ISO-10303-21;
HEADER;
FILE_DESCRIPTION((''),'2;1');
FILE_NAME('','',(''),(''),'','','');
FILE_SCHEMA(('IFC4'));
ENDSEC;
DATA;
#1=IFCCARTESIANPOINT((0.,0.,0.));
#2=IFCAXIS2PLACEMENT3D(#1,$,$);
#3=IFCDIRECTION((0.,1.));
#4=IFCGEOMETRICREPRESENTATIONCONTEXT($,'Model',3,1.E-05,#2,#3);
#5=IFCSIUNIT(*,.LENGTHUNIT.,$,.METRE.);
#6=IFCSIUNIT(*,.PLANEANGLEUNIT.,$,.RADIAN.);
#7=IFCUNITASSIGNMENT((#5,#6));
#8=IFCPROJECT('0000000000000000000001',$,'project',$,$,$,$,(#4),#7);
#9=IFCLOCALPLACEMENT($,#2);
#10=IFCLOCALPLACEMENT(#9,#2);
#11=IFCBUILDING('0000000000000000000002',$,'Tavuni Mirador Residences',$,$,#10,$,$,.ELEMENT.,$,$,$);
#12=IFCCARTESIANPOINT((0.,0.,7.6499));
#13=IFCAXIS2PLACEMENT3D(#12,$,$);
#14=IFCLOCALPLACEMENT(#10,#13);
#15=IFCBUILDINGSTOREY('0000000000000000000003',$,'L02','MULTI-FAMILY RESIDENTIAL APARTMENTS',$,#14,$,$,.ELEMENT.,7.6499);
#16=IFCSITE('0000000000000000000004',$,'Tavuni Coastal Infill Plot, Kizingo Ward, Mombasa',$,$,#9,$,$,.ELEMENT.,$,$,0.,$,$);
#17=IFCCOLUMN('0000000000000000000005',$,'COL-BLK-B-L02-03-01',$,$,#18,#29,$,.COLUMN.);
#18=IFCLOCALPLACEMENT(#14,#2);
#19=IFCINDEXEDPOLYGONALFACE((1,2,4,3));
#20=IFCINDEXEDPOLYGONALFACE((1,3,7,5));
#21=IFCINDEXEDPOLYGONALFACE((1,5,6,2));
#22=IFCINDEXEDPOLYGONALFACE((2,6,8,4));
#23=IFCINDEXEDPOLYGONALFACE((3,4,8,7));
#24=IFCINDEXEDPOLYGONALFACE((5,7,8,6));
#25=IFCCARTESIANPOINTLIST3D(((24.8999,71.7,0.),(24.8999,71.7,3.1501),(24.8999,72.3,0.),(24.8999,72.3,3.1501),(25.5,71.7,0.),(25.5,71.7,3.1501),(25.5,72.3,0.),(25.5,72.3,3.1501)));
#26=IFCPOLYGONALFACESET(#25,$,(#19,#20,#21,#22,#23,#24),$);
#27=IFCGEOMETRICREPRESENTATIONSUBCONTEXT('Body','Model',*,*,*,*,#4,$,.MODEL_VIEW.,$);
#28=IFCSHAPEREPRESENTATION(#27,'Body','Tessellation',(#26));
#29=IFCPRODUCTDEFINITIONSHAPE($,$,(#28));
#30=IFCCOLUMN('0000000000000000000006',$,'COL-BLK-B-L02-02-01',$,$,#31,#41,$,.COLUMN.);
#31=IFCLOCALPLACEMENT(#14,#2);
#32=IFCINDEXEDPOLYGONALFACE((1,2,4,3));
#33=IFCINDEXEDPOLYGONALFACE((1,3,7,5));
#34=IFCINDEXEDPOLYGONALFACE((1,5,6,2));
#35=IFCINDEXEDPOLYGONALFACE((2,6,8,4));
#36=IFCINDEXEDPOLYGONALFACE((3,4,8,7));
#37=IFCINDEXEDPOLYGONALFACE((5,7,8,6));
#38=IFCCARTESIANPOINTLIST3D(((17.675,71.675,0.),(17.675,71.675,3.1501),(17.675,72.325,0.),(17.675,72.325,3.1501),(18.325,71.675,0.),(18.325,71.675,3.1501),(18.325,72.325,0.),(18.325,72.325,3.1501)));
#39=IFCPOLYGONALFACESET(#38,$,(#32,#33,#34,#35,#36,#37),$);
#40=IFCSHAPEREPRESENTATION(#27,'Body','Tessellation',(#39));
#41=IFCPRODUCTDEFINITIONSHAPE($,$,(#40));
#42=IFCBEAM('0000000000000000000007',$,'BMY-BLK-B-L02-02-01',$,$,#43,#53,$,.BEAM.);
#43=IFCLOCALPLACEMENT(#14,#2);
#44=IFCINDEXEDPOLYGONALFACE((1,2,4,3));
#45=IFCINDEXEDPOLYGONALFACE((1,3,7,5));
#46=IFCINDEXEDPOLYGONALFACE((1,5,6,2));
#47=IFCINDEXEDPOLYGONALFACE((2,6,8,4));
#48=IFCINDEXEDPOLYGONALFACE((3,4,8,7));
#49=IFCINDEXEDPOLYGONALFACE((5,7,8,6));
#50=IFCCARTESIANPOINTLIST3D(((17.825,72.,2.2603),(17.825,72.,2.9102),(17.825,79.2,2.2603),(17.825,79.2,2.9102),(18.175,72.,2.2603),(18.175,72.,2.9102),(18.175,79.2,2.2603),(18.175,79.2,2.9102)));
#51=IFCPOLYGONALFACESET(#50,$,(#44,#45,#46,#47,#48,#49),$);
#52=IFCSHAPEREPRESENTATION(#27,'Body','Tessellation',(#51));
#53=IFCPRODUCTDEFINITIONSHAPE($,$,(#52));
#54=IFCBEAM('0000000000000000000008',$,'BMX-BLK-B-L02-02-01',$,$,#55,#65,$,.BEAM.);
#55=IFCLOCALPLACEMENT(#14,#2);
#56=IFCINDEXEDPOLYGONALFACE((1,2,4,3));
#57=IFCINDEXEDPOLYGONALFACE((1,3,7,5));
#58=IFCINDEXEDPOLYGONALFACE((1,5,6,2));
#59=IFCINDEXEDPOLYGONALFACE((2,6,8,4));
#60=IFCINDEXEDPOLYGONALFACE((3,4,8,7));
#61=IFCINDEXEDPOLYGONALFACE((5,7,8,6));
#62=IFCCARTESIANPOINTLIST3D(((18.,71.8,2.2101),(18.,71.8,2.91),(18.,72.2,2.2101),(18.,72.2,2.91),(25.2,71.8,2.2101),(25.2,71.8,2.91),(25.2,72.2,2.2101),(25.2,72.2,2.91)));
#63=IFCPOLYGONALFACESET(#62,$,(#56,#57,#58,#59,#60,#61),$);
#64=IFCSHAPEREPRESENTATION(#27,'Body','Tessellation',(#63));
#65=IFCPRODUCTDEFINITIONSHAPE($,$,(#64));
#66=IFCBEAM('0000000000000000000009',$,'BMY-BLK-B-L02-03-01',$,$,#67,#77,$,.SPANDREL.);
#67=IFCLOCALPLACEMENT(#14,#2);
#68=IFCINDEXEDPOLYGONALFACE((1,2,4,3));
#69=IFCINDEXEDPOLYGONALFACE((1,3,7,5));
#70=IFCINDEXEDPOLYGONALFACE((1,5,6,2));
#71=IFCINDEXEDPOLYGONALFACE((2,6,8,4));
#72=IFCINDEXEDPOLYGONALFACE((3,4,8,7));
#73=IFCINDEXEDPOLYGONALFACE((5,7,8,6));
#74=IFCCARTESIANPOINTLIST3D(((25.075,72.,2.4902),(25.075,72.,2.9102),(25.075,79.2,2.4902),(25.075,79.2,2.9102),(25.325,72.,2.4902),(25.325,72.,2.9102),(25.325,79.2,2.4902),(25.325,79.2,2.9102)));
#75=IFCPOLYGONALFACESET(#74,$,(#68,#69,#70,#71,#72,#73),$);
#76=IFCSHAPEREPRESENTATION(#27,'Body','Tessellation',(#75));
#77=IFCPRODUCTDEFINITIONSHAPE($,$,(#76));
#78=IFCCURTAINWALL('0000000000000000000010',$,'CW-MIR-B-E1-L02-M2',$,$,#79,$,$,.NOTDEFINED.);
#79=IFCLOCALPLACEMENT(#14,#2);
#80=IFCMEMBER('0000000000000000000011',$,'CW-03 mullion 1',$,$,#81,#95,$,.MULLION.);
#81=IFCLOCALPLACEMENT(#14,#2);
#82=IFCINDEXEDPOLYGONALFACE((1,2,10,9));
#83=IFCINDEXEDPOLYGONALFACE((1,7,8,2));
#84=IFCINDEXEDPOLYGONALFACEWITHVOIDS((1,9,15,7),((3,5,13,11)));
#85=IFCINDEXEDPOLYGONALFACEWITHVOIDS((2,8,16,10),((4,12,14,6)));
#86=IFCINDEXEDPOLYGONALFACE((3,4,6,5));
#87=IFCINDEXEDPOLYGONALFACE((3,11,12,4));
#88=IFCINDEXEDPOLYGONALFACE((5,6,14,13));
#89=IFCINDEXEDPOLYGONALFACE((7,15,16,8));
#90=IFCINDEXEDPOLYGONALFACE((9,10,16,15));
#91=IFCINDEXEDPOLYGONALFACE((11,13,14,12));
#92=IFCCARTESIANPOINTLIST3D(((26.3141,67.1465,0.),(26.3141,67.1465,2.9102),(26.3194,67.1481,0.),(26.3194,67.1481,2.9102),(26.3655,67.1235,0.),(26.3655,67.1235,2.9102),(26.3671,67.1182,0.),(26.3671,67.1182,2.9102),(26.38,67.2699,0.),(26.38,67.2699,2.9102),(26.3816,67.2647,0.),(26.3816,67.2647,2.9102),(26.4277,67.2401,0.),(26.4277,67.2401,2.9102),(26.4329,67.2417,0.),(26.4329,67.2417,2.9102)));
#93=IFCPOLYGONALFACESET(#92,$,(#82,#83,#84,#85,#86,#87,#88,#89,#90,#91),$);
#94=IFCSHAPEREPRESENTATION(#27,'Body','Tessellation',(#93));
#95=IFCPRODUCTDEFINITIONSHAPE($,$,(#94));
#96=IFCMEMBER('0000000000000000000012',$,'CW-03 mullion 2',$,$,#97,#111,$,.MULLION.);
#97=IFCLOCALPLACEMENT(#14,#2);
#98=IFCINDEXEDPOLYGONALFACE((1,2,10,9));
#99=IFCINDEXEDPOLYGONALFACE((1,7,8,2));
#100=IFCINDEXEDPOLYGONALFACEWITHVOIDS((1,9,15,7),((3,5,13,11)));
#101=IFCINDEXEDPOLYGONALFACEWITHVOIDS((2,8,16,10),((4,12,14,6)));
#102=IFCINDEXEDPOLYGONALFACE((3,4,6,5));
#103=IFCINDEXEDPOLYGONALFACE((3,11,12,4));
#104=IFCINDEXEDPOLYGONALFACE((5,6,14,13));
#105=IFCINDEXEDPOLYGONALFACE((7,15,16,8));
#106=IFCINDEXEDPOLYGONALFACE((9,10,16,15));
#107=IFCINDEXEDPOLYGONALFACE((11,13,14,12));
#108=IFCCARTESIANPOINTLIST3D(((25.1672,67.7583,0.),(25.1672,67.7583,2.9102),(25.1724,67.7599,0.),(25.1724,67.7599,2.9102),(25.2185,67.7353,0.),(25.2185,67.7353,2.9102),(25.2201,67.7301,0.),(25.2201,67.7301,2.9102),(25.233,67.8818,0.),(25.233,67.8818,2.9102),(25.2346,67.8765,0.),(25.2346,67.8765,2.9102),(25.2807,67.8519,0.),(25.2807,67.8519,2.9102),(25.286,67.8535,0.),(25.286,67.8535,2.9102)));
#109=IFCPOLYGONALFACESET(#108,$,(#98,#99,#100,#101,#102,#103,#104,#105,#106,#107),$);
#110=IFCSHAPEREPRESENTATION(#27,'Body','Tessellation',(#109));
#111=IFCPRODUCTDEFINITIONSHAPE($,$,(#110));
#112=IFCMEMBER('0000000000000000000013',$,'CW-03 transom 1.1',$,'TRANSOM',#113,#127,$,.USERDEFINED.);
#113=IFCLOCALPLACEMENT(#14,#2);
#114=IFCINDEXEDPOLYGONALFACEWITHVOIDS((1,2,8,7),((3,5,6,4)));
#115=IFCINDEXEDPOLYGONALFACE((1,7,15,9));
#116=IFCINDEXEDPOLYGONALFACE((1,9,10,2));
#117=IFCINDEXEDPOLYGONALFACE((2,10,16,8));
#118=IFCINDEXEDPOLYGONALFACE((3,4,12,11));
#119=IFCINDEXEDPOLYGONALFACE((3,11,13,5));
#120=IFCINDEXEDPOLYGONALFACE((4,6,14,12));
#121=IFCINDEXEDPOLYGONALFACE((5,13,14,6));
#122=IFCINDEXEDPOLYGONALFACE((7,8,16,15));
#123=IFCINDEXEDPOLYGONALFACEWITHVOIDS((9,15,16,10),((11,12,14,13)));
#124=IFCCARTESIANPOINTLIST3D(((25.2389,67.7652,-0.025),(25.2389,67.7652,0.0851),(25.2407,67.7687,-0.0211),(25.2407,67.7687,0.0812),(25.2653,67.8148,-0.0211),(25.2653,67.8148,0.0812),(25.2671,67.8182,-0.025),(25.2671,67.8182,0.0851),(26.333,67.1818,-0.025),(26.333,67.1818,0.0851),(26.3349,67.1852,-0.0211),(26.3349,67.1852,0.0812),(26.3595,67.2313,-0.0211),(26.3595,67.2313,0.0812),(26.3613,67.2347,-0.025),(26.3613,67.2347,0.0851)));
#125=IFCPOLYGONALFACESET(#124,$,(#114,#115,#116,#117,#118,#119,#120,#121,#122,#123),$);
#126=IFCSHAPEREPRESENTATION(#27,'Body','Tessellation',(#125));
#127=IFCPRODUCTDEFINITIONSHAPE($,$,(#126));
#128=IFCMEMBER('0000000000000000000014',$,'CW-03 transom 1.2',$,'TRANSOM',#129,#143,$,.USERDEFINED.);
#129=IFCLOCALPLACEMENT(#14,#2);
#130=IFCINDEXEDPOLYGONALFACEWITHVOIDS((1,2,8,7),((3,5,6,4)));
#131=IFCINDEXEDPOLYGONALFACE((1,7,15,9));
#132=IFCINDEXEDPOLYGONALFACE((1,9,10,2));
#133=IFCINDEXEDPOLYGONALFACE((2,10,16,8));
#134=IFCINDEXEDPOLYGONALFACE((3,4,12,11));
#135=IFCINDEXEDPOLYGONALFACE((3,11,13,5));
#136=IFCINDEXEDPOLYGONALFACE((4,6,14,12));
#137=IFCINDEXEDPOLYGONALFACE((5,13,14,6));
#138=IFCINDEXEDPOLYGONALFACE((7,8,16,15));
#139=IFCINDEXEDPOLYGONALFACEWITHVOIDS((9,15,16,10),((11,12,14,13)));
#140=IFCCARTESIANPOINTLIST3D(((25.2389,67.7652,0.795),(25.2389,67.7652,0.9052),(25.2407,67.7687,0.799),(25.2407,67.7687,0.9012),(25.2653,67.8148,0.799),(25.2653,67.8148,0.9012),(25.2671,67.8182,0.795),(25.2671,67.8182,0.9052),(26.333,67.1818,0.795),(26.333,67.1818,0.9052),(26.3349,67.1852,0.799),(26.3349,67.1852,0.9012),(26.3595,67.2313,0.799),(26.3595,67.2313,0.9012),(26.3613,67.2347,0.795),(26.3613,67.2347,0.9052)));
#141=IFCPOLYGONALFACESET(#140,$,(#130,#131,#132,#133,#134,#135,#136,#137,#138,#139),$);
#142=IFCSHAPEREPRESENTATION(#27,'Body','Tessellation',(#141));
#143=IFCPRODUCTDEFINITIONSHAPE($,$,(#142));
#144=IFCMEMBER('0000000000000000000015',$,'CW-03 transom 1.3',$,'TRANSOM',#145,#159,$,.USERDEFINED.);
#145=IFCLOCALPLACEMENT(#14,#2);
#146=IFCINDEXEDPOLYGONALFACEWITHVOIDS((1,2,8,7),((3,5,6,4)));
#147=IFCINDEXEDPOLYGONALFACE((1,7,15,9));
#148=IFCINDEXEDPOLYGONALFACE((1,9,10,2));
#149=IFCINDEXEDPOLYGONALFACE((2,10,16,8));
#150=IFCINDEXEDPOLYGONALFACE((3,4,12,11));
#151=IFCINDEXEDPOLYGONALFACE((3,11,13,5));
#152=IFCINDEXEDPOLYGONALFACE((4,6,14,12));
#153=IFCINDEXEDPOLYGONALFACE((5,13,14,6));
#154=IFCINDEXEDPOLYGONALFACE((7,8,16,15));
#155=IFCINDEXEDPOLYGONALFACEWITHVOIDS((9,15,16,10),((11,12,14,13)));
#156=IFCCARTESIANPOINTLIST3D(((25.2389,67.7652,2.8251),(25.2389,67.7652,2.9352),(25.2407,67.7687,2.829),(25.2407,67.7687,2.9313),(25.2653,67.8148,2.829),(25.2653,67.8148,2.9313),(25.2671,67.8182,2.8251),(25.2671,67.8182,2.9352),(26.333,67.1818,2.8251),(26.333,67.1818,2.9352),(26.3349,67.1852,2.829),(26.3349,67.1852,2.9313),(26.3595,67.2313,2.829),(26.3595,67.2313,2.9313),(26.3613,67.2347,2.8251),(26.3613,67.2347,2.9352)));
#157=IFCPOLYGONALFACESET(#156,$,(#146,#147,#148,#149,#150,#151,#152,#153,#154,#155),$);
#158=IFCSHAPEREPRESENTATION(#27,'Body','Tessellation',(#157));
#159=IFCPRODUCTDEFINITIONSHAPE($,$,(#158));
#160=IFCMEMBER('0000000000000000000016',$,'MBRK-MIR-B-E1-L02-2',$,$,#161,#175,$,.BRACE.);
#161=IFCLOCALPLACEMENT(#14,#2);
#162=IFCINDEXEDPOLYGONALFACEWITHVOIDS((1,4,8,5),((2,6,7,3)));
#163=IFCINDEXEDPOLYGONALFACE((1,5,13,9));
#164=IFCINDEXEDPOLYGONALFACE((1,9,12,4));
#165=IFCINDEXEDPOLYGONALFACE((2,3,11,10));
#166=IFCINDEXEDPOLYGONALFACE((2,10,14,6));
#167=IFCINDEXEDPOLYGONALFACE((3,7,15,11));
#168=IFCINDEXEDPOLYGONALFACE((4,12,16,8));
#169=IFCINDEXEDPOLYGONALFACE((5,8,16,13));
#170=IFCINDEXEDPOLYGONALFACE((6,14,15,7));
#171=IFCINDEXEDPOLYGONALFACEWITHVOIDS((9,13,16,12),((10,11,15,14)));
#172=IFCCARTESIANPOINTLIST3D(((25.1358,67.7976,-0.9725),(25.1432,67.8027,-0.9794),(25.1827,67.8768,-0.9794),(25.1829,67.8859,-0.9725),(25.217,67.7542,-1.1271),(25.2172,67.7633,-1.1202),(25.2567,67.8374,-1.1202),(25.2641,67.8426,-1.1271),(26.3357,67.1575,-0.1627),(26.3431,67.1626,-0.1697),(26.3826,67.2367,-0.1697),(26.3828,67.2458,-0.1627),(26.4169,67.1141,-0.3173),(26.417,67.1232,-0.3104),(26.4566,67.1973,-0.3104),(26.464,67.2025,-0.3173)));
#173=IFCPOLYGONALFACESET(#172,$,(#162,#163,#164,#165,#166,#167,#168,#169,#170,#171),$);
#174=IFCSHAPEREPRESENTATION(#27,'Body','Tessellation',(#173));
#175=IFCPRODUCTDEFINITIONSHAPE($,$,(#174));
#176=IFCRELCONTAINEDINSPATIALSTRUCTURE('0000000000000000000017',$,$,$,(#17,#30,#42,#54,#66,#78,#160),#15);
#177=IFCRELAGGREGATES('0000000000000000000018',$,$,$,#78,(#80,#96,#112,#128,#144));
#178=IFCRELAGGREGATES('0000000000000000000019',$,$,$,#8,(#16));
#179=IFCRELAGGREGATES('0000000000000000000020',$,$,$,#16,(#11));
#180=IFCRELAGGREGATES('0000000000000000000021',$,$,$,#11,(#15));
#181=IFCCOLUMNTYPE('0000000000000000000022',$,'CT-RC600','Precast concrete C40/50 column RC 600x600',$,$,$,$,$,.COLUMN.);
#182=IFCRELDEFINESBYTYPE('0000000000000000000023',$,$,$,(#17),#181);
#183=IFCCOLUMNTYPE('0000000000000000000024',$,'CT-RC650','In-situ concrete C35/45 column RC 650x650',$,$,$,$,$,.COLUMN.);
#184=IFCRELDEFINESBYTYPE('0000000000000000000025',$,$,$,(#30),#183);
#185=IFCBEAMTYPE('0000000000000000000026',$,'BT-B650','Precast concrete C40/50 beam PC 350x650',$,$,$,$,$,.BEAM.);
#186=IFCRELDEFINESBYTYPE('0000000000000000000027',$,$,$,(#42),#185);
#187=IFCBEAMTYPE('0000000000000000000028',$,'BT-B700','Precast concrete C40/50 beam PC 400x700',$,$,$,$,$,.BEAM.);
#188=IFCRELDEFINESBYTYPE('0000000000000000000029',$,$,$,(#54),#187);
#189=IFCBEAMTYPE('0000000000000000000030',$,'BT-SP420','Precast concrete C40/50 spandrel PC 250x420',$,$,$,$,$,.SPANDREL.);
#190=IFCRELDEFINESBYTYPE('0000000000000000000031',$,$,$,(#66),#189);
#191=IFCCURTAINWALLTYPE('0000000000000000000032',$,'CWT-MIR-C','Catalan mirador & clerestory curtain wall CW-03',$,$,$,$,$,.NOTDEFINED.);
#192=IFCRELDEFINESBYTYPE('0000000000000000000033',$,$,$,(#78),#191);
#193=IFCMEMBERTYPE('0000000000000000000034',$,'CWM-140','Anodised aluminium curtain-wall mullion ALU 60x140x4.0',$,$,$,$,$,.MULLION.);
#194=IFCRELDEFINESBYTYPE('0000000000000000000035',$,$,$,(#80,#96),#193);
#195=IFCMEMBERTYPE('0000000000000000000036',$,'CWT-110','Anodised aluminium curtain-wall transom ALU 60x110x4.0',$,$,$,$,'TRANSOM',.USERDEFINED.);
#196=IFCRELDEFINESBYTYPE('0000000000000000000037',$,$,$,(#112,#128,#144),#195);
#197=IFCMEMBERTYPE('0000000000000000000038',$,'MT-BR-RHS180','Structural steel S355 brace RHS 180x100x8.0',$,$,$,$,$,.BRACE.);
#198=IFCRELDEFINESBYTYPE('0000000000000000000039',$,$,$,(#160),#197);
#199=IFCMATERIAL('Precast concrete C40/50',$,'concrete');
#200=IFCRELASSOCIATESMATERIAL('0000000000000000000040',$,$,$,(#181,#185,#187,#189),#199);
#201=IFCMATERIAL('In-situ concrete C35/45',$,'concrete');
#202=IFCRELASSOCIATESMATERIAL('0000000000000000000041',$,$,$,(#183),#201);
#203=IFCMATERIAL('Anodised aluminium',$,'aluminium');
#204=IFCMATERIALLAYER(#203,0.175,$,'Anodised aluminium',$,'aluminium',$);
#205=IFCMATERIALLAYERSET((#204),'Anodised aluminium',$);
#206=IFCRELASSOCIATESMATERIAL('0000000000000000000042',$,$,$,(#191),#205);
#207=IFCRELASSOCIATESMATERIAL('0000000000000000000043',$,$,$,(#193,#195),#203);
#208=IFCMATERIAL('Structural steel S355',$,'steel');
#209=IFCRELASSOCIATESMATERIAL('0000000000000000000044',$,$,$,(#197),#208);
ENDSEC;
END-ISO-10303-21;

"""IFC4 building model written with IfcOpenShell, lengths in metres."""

from ifc_helpers import new_model, si_unit, direction, frame, origin, origin_2d, place, context, subcontext, project, spatial, rectangle, hollow_rectangle, extrude, material, layer, layer_set, material_profile, profile_set, type_object, element, aggregate, save


model = new_model("IFC4")

# Units and contexts
model_context = context("Model", 3, precision=1e-05, world=origin(), true_north=direction((0.0, 1.0)))
body_context = subcontext(model_context, "Body", "Model", "MODEL_VIEW")
ifc_project = project(units=[si_unit("LENGTHUNIT", "METRE"), si_unit("PLANEANGLEUNIT", "RADIAN")], contexts=[model_context])

# Site, building, storey
site_placement = place(None, origin())
site = spatial("IfcSite", under=ifc_project, at=site_placement, Name="Tavuni Coastal Infill Plot, Kizingo Ward, Mombasa", CompositionType="ELEMENT", RefElevation=0.0)
building_placement = place(site_placement, origin())
building = spatial("IfcBuilding", under=site, at=building_placement, Name="Tavuni Mirador Residences", CompositionType="ELEMENT")
storey_placement = place(building_placement, frame((0.0, 0.0, 7.6499)))
storey = spatial("IfcBuildingStorey", under=building, at=storey_placement, Name="L02", Description="MULTI-FAMILY RESIDENTIAL APARTMENTS", CompositionType="ELEMENT", Elevation=7.6499)

# Columns
ifc_material_1 = material(Name="Precast concrete C40/50", Category="concrete")
ifc_material_profile_1 = material_profile(ifc_material_1, rectangle(XDim=0.6001, YDim=0.6001, at=origin_2d()), Name="RC 600x600", Category="concrete")
ifc_profile_set_1 = profile_set([ifc_material_profile_1], Name="Precast concrete C40/50")
column_type_1 = type_object("IfcColumnType", Name="CT-RC600", Description="Precast concrete C40/50 column RC 600x600", PredefinedType="COLUMN", material=ifc_profile_set_1)
column_1_placement = place(storey_placement, frame((25.2, 72.0, 0.0), z_axis=(0.0, 0.0, 1.0), x_axis=(1.0, 0.0, 0.0)))
element("IfcColumn", 1, at=column_1_placement, inside=storey, type_object=column_type_1, Name="COL-BLK-B-L02-03-01", PredefinedType="COLUMN", context=body_context, shape_type="SweptSolid", body=[
    extrude(rectangle(XDim=0.6001, YDim=0.6001, at=origin_2d()), origin(), (0.0, 0.0, 1.0), 3.1501),
])
ifc_material_2 = material(Name="In-situ concrete C35/45", Category="concrete")
ifc_material_profile_2 = material_profile(ifc_material_2, rectangle(XDim=0.6499, YDim=0.6499, at=origin_2d()), Name="RC 650x650", Category="concrete")
ifc_profile_set_2 = profile_set([ifc_material_profile_2], Name="In-situ concrete C35/45")
column_type_2 = type_object("IfcColumnType", Name="CT-RC650", Description="In-situ concrete C35/45 column RC 650x650", PredefinedType="COLUMN", material=ifc_profile_set_2)
column_2_placement = place(storey_placement, frame((18.0, 72.0, 0.0), z_axis=(0.0, 0.0, 1.0), x_axis=(1.0, 0.0, 0.0)))
element("IfcColumn", 2, at=column_2_placement, inside=storey, type_object=column_type_2, Name="COL-BLK-B-L02-02-01", PredefinedType="COLUMN", context=body_context, shape_type="SweptSolid", body=[
    extrude(rectangle(XDim=0.6499, YDim=0.6499, at=origin_2d()), origin(), (0.0, 0.0, 1.0), 3.1501),
])

# Beams
ifc_material_profile_3 = material_profile(ifc_material_1, rectangle(XDim=0.3501, YDim=0.6499, at=origin_2d()), Name="PC 350x650", Category="concrete")
ifc_profile_set_3 = profile_set([ifc_material_profile_3], Name="Precast concrete C40/50")
beam_type_1 = type_object("IfcBeamType", Name="BT-B650", Description="Precast concrete C40/50 beam PC 350x650", PredefinedType="BEAM", material=ifc_profile_set_3)
beam_1_placement = place(storey_placement, frame((18.0, 72.0, 2.5852), z_axis=(0.0, 1.0, 0.0), x_axis=(-1.0, 0.0, 0.0)))
element("IfcBeam", 3, at=beam_1_placement, inside=storey, type_object=beam_type_1, Name="BMY-BLK-B-L02-02-01", PredefinedType="BEAM", context=body_context, shape_type="SweptSolid", body=[
    extrude(rectangle(XDim=0.3501, YDim=0.6499, at=origin_2d()), origin(), (0.0, 0.0, 1.0), 7.2),
])
ifc_material_profile_4 = material_profile(ifc_material_1, rectangle(XDim=0.3999, YDim=0.7, at=origin_2d()), Name="PC 400x700", Category="concrete")
ifc_profile_set_4 = profile_set([ifc_material_profile_4], Name="Precast concrete C40/50")
beam_type_2 = type_object("IfcBeamType", Name="BT-B700", Description="Precast concrete C40/50 beam PC 400x700", PredefinedType="BEAM", material=ifc_profile_set_4)
beam_2_placement = place(storey_placement, frame((18.0, 72.0, 2.5601), z_axis=(1.0, 0.0, 0.0), x_axis=(0.0, 1.0, 0.0)))
element("IfcBeam", 4, at=beam_2_placement, inside=storey, type_object=beam_type_2, Name="BMX-BLK-B-L02-02-01", PredefinedType="BEAM", context=body_context, shape_type="SweptSolid", body=[
    extrude(rectangle(XDim=0.3999, YDim=0.7, at=origin_2d()), origin(), (0.0, 0.0, 1.0), 7.2),
])
ifc_material_profile_5 = material_profile(ifc_material_1, rectangle(XDim=0.25, YDim=0.4199, at=origin_2d()), Name="PC 250x420", Category="concrete")
ifc_profile_set_5 = profile_set([ifc_material_profile_5], Name="Precast concrete C40/50")
beam_type_3 = type_object("IfcBeamType", Name="BT-SP420", Description="Precast concrete C40/50 spandrel PC 250x420", PredefinedType="SPANDREL", material=ifc_profile_set_5)
beam_3_placement = place(storey_placement, frame((25.2, 72.0, 2.7002), z_axis=(0.0, 1.0, 0.0), x_axis=(-1.0, 0.0, 0.0)))
element("IfcBeam", 5, at=beam_3_placement, inside=storey, type_object=beam_type_3, Name="BMY-BLK-B-L02-03-01", PredefinedType="SPANDREL", context=body_context, shape_type="SweptSolid", body=[
    extrude(rectangle(XDim=0.25, YDim=0.4199, at=origin_2d()), origin(), (0.0, 0.0, 1.0), 7.2),
])

# Curtain wall, members
ifc_material_3 = material(Name="Anodised aluminium", Category="aluminium")
ifc_layer_1 = layer(ifc_material_3, 0.175, Name="Anodised aluminium", Category="aluminium")
ifc_layer_set_1 = layer_set([ifc_layer_1], Name="Anodised aluminium")
curtain_wall_type = type_object("IfcCurtainWallType", Name="CWT-MIR-C", Description="Catalan mirador & clerestory curtain wall CW-03", PredefinedType="NOTDEFINED", material=ifc_layer_set_1)
curtain_wall_placement = place(storey_placement, origin())
curtain_wall = element("IfcCurtainWall", 6, at=curtain_wall_placement, inside=storey, type_object=curtain_wall_type, Name="CW-MIR-B-E1-L02-M2", PredefinedType="NOTDEFINED")
ifc_material_profile_6 = material_profile(ifc_material_3, hollow_rectangle(XDim=0.0601, YDim=0.1399, WallThickness=0.0039, at=origin_2d()), Name="ALU 60x140x4.0", Category="aluminium")
ifc_profile_set_6 = profile_set([ifc_material_profile_6], Name="Anodised aluminium")
member_type_1 = type_object("IfcMemberType", Name="CWM-140", Description="Anodised aluminium curtain-wall mullion ALU 60x140x4.0", PredefinedType="MULLION", material=ifc_profile_set_6)
member_1_placement = place(storey_placement, frame((26.3735, 67.1941, 0.0), z_axis=(0.0, 0.0, 1.0), x_axis=(-0.882353, 0.470588, 0.0)))
member_1 = element("IfcMember", 7, at=member_1_placement, type_object=member_type_1, Name="CW-03 mullion 1", PredefinedType="MULLION", context=body_context, shape_type="SweptSolid", body=[
    extrude(hollow_rectangle(XDim=0.0601, YDim=0.1399, WallThickness=0.0039, at=origin_2d()), origin(), (0.0, 0.0, 1.0), 2.9102),
])
member_2_placement = place(storey_placement, frame((25.2266, 67.8059, 0.0), z_axis=(0.0, 0.0, 1.0), x_axis=(-0.882353, 0.470588, 0.0)))
member_2 = element("IfcMember", 8, at=member_2_placement, type_object=member_type_1, Name="CW-03 mullion 2", PredefinedType="MULLION", context=body_context, shape_type="SweptSolid", body=[
    extrude(hollow_rectangle(XDim=0.0601, YDim=0.1399, WallThickness=0.0039, at=origin_2d()), origin(), (0.0, 0.0, 1.0), 2.9102),
])
ifc_material_profile_7 = material_profile(ifc_material_3, hollow_rectangle(XDim=0.0601, YDim=0.1101, WallThickness=0.0039, at=origin_2d()), Name="ALU 60x110x4.0", Category="aluminium")
ifc_profile_set_7 = profile_set([ifc_material_profile_7], Name="Anodised aluminium")
member_type_2 = type_object("IfcMemberType", Name="CWT-110", Description="Anodised aluminium curtain-wall transom ALU 60x110x4.0", ElementType="TRANSOM", PredefinedType="USERDEFINED", material=ifc_profile_set_7)
member_3_placement = place(storey_placement, frame((26.3472, 67.2083, 0.03), z_axis=(-0.882386, 0.470527, 0.0), x_axis=(-0.470527, -0.882386, 0.0)))
member_3 = element("IfcMember", 9, at=member_3_placement, type_object=member_type_2, Name="CW-03 transom 1.1", ObjectType="TRANSOM", PredefinedType="USERDEFINED", context=body_context, shape_type="SweptSolid", body=[
    extrude(hollow_rectangle(XDim=0.0601, YDim=0.1101, WallThickness=0.0039, at=origin_2d()), origin(), (0.0, 0.0, 1.0), 1.24),
])
member_4_placement = place(storey_placement, frame((26.3472, 67.2083, 0.8501), z_axis=(-0.882386, 0.470527, 0.0), x_axis=(-0.470527, -0.882386, 0.0)))
member_4 = element("IfcMember", 10, at=member_4_placement, type_object=member_type_2, Name="CW-03 transom 1.2", ObjectType="TRANSOM", PredefinedType="USERDEFINED", context=body_context, shape_type="SweptSolid", body=[
    extrude(hollow_rectangle(XDim=0.0601, YDim=0.1101, WallThickness=0.0039, at=origin_2d()), origin(), (0.0, 0.0, 1.0), 1.24),
])
member_5_placement = place(storey_placement, frame((26.3472, 67.2083, 2.8801), z_axis=(-0.882386, 0.470527, 0.0), x_axis=(-0.470527, -0.882386, 0.0)))
member_5 = element("IfcMember", 11, at=member_5_placement, type_object=member_type_2, Name="CW-03 transom 1.3", ObjectType="TRANSOM", PredefinedType="USERDEFINED", context=body_context, shape_type="SweptSolid", body=[
    extrude(hollow_rectangle(XDim=0.0601, YDim=0.1101, WallThickness=0.0039, at=origin_2d()), origin(), (0.0, 0.0, 1.0), 1.24),
])

# Member
ifc_material_4 = material(Name="Structural steel S355", Category="steel")
ifc_material_profile_8 = material_profile(ifc_material_4, hollow_rectangle(XDim=0.1001, YDim=0.1799, WallThickness=0.0081, at=origin_2d()), Name="RHS 180x100x8.0", Category="steel")
ifc_profile_set_8 = profile_set([ifc_material_profile_8], Name="Structural steel S355")
member_type_3 = type_object("IfcMemberType", Name="MT-BR-RHS180", Description="Structural steel S355 brace RHS 180x100x8.0", PredefinedType="BRACE", material=ifc_profile_set_8)
member_6_placement = place(storey_placement, frame((25.2, 67.8201, -1.0498), z_axis=(0.758089, -0.404417, 0.511614), x_axis=(0.470681, 0.882303, 0.0)))
element("IfcMember", 12, at=member_6_placement, inside=storey, type_object=member_type_3, Name="MBRK-MIR-B-E1-L02-2", PredefinedType="BRACE", context=body_context, shape_type="SweptSolid", body=[
    extrude(hollow_rectangle(XDim=0.1001, YDim=0.1799, WallThickness=0.0081, at=origin_2d()), origin(), (0.0, 0.0, 1.0), 1.5828),
])

aggregate(curtain_wall, [member_1, member_2, member_3, member_4, member_5])

save(model, "model.ifc")
